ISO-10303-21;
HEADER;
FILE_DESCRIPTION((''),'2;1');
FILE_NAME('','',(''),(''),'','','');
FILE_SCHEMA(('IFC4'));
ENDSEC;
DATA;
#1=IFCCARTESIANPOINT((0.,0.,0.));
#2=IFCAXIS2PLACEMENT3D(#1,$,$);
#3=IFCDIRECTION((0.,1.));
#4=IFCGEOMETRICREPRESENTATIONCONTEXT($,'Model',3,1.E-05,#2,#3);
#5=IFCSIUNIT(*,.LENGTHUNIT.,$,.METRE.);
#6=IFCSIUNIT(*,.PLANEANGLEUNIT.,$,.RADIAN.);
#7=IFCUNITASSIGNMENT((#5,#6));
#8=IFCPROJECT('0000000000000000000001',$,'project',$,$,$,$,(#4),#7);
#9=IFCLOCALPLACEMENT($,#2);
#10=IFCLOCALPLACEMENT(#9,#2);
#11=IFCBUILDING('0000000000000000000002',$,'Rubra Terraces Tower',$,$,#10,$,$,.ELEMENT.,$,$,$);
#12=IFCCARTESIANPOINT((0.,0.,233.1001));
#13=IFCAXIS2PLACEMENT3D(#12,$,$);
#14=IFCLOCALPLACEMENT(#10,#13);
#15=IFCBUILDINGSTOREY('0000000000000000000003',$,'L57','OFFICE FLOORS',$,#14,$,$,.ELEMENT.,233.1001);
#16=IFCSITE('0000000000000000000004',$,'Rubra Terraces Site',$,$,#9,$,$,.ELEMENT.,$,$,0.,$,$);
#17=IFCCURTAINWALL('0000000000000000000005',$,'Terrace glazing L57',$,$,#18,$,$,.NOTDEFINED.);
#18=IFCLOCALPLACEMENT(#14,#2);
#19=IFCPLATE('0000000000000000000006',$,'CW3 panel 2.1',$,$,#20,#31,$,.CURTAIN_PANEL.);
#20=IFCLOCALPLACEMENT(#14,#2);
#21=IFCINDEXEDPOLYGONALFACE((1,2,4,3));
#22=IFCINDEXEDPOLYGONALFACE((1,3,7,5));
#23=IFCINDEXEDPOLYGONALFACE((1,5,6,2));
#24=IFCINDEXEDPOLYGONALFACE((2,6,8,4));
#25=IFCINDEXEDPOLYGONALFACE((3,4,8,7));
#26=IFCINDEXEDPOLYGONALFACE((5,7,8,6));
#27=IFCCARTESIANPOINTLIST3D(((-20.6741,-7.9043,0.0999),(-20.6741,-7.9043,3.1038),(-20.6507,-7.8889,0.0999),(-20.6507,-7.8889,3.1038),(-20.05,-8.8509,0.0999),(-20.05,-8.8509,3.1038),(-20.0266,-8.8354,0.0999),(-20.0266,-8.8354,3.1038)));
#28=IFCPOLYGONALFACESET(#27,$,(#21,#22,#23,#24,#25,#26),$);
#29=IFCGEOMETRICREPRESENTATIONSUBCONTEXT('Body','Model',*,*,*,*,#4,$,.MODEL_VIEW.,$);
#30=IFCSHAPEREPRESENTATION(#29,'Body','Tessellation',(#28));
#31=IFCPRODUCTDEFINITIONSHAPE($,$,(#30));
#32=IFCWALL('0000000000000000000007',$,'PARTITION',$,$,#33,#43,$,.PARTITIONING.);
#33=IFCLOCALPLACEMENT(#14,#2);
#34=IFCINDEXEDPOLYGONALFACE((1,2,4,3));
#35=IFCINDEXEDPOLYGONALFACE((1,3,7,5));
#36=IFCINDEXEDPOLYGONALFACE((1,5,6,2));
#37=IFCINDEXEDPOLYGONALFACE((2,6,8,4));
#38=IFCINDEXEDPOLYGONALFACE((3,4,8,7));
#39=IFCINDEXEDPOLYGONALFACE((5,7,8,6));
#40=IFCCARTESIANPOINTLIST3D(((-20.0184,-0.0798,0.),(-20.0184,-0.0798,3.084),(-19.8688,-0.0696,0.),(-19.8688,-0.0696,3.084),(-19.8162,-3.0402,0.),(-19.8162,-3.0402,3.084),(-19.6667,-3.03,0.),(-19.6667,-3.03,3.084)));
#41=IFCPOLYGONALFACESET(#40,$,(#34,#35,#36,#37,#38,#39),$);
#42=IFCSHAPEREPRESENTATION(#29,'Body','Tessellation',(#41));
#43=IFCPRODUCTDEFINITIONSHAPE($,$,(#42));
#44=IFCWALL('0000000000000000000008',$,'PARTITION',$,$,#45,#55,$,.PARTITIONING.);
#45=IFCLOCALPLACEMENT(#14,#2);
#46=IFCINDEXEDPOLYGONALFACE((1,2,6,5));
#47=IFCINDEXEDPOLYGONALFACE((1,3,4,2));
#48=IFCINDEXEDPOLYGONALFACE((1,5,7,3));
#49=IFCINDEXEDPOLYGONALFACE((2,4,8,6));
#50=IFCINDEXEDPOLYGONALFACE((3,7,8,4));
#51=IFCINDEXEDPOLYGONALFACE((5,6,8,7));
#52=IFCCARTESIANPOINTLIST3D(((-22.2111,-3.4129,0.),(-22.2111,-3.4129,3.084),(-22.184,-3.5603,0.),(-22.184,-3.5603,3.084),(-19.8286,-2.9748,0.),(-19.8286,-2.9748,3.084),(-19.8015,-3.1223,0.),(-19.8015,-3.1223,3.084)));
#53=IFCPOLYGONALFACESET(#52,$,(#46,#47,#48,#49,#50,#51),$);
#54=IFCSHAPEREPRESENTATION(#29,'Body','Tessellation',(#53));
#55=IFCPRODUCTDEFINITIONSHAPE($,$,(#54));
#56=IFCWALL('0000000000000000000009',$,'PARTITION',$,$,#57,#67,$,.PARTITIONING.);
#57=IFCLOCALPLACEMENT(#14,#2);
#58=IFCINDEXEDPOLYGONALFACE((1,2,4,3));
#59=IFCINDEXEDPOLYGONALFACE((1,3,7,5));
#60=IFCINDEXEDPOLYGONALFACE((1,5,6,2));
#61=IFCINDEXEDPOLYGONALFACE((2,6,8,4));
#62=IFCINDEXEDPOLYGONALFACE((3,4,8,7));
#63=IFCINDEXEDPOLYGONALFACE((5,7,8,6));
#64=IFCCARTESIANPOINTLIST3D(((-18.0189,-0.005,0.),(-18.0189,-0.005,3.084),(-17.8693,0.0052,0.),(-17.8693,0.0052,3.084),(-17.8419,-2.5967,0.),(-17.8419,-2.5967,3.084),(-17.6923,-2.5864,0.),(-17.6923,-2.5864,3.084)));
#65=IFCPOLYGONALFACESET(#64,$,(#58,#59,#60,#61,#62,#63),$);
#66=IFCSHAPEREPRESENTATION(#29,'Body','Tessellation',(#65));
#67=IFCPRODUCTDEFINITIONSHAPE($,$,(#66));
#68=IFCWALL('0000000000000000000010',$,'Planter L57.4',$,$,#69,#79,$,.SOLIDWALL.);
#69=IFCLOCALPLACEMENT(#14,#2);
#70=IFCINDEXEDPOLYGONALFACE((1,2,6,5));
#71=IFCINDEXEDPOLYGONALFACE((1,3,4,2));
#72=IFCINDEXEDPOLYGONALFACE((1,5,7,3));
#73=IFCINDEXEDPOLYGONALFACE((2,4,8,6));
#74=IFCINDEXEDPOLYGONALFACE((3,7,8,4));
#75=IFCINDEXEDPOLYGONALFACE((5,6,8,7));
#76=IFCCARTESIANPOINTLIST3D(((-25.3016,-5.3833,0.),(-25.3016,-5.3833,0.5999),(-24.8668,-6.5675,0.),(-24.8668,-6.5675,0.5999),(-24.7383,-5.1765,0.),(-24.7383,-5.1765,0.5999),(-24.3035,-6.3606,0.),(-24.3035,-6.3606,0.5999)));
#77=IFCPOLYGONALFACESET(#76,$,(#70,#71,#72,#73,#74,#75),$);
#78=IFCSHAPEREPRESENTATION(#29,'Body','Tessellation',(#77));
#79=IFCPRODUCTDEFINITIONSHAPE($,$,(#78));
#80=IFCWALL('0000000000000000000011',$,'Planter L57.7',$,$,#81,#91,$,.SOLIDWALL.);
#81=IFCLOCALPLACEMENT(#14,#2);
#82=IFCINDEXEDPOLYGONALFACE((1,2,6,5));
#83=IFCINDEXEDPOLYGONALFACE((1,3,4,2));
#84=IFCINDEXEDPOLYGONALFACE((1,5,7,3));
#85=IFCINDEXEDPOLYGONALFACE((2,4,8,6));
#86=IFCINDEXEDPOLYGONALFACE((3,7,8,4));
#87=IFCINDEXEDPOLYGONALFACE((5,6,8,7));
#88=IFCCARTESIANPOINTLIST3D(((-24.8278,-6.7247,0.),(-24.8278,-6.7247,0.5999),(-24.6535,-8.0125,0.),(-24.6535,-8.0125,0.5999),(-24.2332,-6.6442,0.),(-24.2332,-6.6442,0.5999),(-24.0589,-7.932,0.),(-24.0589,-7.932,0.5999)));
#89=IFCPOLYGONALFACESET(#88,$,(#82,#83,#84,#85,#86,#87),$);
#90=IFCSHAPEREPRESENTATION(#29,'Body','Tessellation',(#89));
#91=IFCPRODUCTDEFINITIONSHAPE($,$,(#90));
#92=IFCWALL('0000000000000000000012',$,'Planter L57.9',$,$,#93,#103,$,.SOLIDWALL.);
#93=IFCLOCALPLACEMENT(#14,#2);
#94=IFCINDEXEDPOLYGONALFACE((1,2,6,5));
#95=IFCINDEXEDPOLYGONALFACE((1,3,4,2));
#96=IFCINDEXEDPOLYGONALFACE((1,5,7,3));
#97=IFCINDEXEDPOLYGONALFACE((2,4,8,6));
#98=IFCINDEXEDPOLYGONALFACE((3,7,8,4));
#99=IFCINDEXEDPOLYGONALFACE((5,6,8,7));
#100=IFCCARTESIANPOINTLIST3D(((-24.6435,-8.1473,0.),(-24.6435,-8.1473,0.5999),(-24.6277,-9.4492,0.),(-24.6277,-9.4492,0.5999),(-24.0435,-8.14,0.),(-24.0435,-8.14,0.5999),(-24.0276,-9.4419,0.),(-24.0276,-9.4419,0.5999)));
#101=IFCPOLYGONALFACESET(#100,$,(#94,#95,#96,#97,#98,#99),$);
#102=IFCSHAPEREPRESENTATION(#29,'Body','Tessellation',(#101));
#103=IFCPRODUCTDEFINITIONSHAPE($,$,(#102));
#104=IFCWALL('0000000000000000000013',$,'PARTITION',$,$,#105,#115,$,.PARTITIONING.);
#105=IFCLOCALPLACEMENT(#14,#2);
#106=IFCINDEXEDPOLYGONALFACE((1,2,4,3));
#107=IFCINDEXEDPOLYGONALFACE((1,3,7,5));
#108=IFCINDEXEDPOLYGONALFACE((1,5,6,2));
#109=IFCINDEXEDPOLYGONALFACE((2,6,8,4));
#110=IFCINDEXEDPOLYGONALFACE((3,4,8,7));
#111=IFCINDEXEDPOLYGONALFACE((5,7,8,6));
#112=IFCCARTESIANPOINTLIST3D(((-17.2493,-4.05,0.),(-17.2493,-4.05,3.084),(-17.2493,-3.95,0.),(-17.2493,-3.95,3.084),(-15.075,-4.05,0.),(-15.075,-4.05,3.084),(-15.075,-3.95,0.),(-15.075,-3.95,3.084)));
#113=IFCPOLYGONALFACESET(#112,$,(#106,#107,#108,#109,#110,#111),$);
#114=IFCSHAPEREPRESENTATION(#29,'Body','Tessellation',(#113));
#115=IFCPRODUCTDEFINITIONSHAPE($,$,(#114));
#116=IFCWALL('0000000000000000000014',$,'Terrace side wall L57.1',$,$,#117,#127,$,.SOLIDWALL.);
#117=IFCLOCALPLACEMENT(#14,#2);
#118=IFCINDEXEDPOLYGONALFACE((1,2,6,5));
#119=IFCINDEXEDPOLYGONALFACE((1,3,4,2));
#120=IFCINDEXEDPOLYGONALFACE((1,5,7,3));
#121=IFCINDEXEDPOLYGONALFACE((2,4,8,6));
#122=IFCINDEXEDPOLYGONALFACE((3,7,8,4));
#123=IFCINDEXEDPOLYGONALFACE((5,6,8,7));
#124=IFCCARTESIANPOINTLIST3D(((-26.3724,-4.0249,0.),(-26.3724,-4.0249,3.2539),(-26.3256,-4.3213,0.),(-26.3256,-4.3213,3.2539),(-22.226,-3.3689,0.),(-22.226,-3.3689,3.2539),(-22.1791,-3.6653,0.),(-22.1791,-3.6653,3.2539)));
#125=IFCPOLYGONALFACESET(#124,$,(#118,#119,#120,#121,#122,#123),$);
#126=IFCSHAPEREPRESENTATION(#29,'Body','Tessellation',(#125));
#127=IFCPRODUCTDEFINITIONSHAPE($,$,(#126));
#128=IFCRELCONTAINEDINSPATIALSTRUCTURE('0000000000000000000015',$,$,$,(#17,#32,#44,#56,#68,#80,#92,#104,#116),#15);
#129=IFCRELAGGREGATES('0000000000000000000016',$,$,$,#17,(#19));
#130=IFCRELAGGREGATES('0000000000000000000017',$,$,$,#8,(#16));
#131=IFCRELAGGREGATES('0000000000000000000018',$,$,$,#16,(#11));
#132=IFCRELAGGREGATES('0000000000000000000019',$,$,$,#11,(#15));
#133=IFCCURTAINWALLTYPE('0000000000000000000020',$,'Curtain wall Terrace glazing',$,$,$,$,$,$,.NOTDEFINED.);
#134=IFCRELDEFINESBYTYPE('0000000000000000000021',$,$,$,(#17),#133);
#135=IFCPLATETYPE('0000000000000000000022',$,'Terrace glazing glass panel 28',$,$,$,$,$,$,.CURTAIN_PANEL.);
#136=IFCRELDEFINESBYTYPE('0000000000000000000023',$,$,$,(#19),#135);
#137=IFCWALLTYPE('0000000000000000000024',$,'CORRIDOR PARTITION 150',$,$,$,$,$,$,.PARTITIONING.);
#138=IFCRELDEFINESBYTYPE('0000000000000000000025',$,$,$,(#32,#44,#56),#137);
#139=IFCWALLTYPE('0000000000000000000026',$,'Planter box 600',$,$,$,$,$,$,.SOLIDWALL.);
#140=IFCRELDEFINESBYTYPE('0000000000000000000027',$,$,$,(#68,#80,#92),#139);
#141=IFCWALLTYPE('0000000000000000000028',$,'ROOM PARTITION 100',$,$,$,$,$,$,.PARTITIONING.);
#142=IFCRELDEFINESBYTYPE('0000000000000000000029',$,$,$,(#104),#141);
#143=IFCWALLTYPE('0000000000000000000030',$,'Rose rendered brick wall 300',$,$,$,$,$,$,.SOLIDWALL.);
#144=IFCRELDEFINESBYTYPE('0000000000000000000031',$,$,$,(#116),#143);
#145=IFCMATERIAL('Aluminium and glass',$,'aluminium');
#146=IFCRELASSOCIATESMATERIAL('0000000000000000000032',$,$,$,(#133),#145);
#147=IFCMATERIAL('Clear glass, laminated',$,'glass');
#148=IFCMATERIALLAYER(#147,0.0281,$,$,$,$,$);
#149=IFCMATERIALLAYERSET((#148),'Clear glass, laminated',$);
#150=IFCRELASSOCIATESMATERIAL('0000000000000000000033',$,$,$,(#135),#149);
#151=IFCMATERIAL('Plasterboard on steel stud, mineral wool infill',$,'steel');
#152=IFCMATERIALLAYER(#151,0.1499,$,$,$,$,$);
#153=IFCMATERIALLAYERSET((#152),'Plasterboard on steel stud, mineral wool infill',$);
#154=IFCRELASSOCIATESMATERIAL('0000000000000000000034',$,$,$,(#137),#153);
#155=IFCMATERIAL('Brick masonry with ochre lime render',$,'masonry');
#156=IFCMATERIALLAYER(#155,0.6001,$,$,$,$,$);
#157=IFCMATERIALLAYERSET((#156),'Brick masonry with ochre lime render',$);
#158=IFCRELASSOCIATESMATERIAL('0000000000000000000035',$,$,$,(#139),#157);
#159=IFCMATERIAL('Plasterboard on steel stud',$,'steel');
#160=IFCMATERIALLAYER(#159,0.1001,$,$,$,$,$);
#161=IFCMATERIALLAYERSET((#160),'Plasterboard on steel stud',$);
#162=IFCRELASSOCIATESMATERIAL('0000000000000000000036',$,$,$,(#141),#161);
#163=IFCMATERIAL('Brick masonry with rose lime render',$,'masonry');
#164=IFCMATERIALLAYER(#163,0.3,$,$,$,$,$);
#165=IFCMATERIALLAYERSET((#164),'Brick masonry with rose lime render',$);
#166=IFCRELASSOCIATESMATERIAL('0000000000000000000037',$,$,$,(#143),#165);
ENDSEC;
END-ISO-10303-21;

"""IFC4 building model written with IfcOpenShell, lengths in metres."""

from ifc_helpers import new_model, si_unit, direction, frame, frame_2d, origin, origin_2d, place, context, subcontext, project, spatial, rectangle, extrude, material, layer, layer_set, type_object, element, aggregate, save


model = new_model("IFC4")

# Units and contexts
model_context = context("Model", 3, precision=1e-05, world=origin(), true_north=direction((0.0, 1.0)))
body_context = subcontext(model_context, "Body", "Model", "MODEL_VIEW")
ifc_project = project(units=[si_unit("LENGTHUNIT", "METRE"), si_unit("PLANEANGLEUNIT", "RADIAN")], contexts=[model_context])

# Site, building, storey
site_placement = place(None, origin())
site = spatial("IfcSite", under=ifc_project, at=site_placement, Name="Rubra Terraces Site", CompositionType="ELEMENT", RefElevation=0.0)
building_placement = place(site_placement, origin())
building = spatial("IfcBuilding", under=site, at=building_placement, Name="Rubra Terraces Tower", CompositionType="ELEMENT")
storey_placement = place(building_placement, frame((0.0, 0.0, 233.1001)))
storey = spatial("IfcBuildingStorey", under=building, at=storey_placement, Name="L57", Description="OFFICE FLOORS", CompositionType="ELEMENT", Elevation=233.1001)

# Curtain wall, plate
ifc_material_1 = material(Name="Aluminium and glass", Category="aluminium")
curtain_wall_type = type_object("IfcCurtainWallType", Name="Curtain wall Terrace glazing", PredefinedType="NOTDEFINED", material=ifc_material_1)
curtain_wall_placement = place(storey_placement, origin())
curtain_wall = element("IfcCurtainWall", 1, at=curtain_wall_placement, inside=storey, type_object=curtain_wall_type, Name="Terrace glazing L57", PredefinedType="NOTDEFINED")
ifc_material_2 = material(Name="Clear glass, laminated", Category="glass")
ifc_layer_1 = layer(ifc_material_2, 0.0281)
ifc_layer_set_1 = layer_set([ifc_layer_1], Name="Clear glass, laminated")
plate_type = type_object("IfcPlateType", Name="Terrace glazing glass panel 28", PredefinedType="CURTAIN_PANEL", material=ifc_layer_set_1)
plate_1_placement = place(storey_placement, frame((-20.3503, -8.3699, 0.0999), z_axis=(0.0, 0.0, 1.0), x_axis=(0.550469, -0.834855, 0.0)))
plate_1 = element("IfcPlate", 2, at=plate_1_placement, type_object=plate_type, Name="CW3 panel 2.1", PredefinedType="CURTAIN_PANEL", context=body_context, shape_type="SweptSolid", body=[
    extrude(rectangle(XDim=1.1338, YDim=0.0281, at=origin_2d()), origin(), (0.0, 0.0, 1.0), 3.0039),
])
aggregate(curtain_wall, [plate_1])

# Walls
ifc_material_3 = material(Name="Plasterboard on steel stud, mineral wool infill", Category="steel")
ifc_layer_2 = layer(ifc_material_3, 0.1499)
ifc_layer_set_2 = layer_set([ifc_layer_2], Name="Plasterboard on steel stud, mineral wool infill")
wall_type_1 = type_object("IfcWallType", Name="CORRIDOR PARTITION 150", PredefinedType="PARTITIONING", material=ifc_layer_set_2)
wall_1_placement = place(storey_placement, frame((-19.9436, -0.0747, 0.0), z_axis=(0.0, 0.0, 1.0), x_axis=(0.068124, -0.997677, 0.0)))
element("IfcWall", 3, at=wall_1_placement, inside=storey, type_object=wall_type_1, Name="PARTITION", PredefinedType="PARTITIONING", context=body_context, shape_type="SweptSolid", body=[
    extrude(rectangle(XDim=2.9673, YDim=0.1499, at=frame_2d((1.4836, 0.0))), origin(), (0.0, 0.0, 1.0), 3.084),
])
wall_2_placement = place(storey_placement, frame((-22.1975, -3.4866, 0.0), z_axis=(0.0, 0.0, 1.0), x_axis=(0.983516, 0.180819, 0.0)))
element("IfcWall", 4, at=wall_2_placement, inside=storey, type_object=wall_type_1, Name="PARTITION", PredefinedType="PARTITIONING", context=body_context, shape_type="SweptSolid", body=[
    extrude(rectangle(XDim=2.4224, YDim=0.1499, at=frame_2d((1.2112, 0.0))), origin(), (0.0, 0.0, 1.0), 3.084),
])
wall_3_placement = place(storey_placement, frame((-17.7671, -2.5916, 0.0), z_axis=(0.0, 0.0, 1.0), x_axis=(-0.068141, 0.997676, 0.0)))
element("IfcWall", 5, at=wall_3_placement, inside=storey, type_object=wall_type_1, Name="PARTITION", PredefinedType="PARTITIONING", context=body_context, shape_type="SweptSolid", body=[
    extrude(rectangle(XDim=2.5977, YDim=0.1499, at=frame_2d((1.2988, 0.0))), origin(), (0.0, 0.0, 1.0), 3.084),
])

# Shared definitions
ifc_material_4 = material(Name="Brick masonry with ochre lime render", Category="masonry")

# Walls
ifc_layer_3 = layer(ifc_material_4, 0.6001)
ifc_layer_set_3 = layer_set([ifc_layer_3], Name="Brick masonry with ochre lime render")
wall_type_2 = type_object("IfcWallType", Name="Planter box 600", PredefinedType="SOLIDWALL", material=ifc_layer_set_3)
wall_4_placement = place(storey_placement, frame((-25.02, -5.2798, 0.0), z_axis=(0.0, 0.0, 1.0), x_axis=(0.34471, -0.938709, 0.0)))
element("IfcWall", 6, at=wall_4_placement, inside=storey, type_object=wall_type_2, Name="Planter L57.4", PredefinedType="SOLIDWALL", context=body_context, shape_type="SweptSolid", body=[
    extrude(rectangle(XDim=1.2615, YDim=0.6001, at=frame_2d((0.6309, 0.0))), origin(), (0.0, 0.0, 1.0), 0.5999),
])
wall_5_placement = place(storey_placement, frame((-24.5305, -6.6843, 0.0), z_axis=(0.0, 0.0, 1.0), x_axis=(0.134132, -0.990963, 0.0)))
element("IfcWall", 7, at=wall_5_placement, inside=storey, type_object=wall_type_2, Name="Planter L57.7", PredefinedType="SOLIDWALL", context=body_context, shape_type="SweptSolid", body=[
    extrude(rectangle(XDim=1.2996, YDim=0.6001, at=frame_2d((0.6499, 0.0))), origin(), (0.0, 0.0, 1.0), 0.5999),
])
wall_6_placement = place(storey_placement, frame((-24.3435, -8.1438, 0.0), z_axis=(0.0, 0.0, 1.0), x_axis=(0.012187, -0.999926, 0.0)))
element("IfcWall", 8, at=wall_6_placement, inside=storey, type_object=wall_type_2, Name="Planter L57.9", PredefinedType="SOLIDWALL", context=body_context, shape_type="SweptSolid", body=[
    extrude(rectangle(XDim=1.302, YDim=0.6001, at=frame_2d((0.6509, 0.0))), origin(), (0.0, 0.0, 1.0), 0.5999),
])
ifc_material_5 = material(Name="Plasterboard on steel stud", Category="steel")
ifc_layer_4 = layer(ifc_material_5, 0.1001)
ifc_layer_set_4 = layer_set([ifc_layer_4], Name="Plasterboard on steel stud")
wall_type_3 = type_object("IfcWallType", Name="ROOM PARTITION 100", PredefinedType="PARTITIONING", material=ifc_layer_set_4)
wall_7_placement = place(storey_placement, frame((-17.2493, -4.0, 0.0), z_axis=(0.0, 0.0, 1.0), x_axis=(1.0, 0.0, 0.0)))
element("IfcWall", 9, at=wall_7_placement, inside=storey, type_object=wall_type_3, Name="PARTITION", PredefinedType="PARTITIONING", context=body_context, shape_type="SweptSolid", body=[
    extrude(rectangle(XDim=2.1743, YDim=0.1001, at=frame_2d((1.0872, 0.0))), origin(), (0.0, 0.0, 1.0), 3.084),
])
ifc_material_6 = material(Name="Brick masonry with rose lime render", Category="masonry")
ifc_layer_5 = layer(ifc_material_6, 0.3)
ifc_layer_set_5 = layer_set([ifc_layer_5], Name="Brick masonry with rose lime render")
wall_type_4 = type_object("IfcWallType", Name="Rose rendered brick wall 300", PredefinedType="SOLIDWALL", material=ifc_layer_set_5)
wall_8_placement = place(storey_placement, frame((-26.3491, -4.1731, 0.0), z_axis=(0.0, 0.0, 1.0), x_axis=(0.987715, 0.156264, 0.0)))
element("IfcWall", 10, at=wall_8_placement, inside=storey, type_object=wall_type_4, Name="Terrace side wall L57.1", PredefinedType="SOLIDWALL", context=body_context, shape_type="SweptSolid", body=[
    extrude(rectangle(XDim=4.198, YDim=0.3, at=frame_2d((2.0991, 0.0))), origin(), (0.0, 0.0, 1.0), 3.2539),
])

save(model, "model.ifc")
